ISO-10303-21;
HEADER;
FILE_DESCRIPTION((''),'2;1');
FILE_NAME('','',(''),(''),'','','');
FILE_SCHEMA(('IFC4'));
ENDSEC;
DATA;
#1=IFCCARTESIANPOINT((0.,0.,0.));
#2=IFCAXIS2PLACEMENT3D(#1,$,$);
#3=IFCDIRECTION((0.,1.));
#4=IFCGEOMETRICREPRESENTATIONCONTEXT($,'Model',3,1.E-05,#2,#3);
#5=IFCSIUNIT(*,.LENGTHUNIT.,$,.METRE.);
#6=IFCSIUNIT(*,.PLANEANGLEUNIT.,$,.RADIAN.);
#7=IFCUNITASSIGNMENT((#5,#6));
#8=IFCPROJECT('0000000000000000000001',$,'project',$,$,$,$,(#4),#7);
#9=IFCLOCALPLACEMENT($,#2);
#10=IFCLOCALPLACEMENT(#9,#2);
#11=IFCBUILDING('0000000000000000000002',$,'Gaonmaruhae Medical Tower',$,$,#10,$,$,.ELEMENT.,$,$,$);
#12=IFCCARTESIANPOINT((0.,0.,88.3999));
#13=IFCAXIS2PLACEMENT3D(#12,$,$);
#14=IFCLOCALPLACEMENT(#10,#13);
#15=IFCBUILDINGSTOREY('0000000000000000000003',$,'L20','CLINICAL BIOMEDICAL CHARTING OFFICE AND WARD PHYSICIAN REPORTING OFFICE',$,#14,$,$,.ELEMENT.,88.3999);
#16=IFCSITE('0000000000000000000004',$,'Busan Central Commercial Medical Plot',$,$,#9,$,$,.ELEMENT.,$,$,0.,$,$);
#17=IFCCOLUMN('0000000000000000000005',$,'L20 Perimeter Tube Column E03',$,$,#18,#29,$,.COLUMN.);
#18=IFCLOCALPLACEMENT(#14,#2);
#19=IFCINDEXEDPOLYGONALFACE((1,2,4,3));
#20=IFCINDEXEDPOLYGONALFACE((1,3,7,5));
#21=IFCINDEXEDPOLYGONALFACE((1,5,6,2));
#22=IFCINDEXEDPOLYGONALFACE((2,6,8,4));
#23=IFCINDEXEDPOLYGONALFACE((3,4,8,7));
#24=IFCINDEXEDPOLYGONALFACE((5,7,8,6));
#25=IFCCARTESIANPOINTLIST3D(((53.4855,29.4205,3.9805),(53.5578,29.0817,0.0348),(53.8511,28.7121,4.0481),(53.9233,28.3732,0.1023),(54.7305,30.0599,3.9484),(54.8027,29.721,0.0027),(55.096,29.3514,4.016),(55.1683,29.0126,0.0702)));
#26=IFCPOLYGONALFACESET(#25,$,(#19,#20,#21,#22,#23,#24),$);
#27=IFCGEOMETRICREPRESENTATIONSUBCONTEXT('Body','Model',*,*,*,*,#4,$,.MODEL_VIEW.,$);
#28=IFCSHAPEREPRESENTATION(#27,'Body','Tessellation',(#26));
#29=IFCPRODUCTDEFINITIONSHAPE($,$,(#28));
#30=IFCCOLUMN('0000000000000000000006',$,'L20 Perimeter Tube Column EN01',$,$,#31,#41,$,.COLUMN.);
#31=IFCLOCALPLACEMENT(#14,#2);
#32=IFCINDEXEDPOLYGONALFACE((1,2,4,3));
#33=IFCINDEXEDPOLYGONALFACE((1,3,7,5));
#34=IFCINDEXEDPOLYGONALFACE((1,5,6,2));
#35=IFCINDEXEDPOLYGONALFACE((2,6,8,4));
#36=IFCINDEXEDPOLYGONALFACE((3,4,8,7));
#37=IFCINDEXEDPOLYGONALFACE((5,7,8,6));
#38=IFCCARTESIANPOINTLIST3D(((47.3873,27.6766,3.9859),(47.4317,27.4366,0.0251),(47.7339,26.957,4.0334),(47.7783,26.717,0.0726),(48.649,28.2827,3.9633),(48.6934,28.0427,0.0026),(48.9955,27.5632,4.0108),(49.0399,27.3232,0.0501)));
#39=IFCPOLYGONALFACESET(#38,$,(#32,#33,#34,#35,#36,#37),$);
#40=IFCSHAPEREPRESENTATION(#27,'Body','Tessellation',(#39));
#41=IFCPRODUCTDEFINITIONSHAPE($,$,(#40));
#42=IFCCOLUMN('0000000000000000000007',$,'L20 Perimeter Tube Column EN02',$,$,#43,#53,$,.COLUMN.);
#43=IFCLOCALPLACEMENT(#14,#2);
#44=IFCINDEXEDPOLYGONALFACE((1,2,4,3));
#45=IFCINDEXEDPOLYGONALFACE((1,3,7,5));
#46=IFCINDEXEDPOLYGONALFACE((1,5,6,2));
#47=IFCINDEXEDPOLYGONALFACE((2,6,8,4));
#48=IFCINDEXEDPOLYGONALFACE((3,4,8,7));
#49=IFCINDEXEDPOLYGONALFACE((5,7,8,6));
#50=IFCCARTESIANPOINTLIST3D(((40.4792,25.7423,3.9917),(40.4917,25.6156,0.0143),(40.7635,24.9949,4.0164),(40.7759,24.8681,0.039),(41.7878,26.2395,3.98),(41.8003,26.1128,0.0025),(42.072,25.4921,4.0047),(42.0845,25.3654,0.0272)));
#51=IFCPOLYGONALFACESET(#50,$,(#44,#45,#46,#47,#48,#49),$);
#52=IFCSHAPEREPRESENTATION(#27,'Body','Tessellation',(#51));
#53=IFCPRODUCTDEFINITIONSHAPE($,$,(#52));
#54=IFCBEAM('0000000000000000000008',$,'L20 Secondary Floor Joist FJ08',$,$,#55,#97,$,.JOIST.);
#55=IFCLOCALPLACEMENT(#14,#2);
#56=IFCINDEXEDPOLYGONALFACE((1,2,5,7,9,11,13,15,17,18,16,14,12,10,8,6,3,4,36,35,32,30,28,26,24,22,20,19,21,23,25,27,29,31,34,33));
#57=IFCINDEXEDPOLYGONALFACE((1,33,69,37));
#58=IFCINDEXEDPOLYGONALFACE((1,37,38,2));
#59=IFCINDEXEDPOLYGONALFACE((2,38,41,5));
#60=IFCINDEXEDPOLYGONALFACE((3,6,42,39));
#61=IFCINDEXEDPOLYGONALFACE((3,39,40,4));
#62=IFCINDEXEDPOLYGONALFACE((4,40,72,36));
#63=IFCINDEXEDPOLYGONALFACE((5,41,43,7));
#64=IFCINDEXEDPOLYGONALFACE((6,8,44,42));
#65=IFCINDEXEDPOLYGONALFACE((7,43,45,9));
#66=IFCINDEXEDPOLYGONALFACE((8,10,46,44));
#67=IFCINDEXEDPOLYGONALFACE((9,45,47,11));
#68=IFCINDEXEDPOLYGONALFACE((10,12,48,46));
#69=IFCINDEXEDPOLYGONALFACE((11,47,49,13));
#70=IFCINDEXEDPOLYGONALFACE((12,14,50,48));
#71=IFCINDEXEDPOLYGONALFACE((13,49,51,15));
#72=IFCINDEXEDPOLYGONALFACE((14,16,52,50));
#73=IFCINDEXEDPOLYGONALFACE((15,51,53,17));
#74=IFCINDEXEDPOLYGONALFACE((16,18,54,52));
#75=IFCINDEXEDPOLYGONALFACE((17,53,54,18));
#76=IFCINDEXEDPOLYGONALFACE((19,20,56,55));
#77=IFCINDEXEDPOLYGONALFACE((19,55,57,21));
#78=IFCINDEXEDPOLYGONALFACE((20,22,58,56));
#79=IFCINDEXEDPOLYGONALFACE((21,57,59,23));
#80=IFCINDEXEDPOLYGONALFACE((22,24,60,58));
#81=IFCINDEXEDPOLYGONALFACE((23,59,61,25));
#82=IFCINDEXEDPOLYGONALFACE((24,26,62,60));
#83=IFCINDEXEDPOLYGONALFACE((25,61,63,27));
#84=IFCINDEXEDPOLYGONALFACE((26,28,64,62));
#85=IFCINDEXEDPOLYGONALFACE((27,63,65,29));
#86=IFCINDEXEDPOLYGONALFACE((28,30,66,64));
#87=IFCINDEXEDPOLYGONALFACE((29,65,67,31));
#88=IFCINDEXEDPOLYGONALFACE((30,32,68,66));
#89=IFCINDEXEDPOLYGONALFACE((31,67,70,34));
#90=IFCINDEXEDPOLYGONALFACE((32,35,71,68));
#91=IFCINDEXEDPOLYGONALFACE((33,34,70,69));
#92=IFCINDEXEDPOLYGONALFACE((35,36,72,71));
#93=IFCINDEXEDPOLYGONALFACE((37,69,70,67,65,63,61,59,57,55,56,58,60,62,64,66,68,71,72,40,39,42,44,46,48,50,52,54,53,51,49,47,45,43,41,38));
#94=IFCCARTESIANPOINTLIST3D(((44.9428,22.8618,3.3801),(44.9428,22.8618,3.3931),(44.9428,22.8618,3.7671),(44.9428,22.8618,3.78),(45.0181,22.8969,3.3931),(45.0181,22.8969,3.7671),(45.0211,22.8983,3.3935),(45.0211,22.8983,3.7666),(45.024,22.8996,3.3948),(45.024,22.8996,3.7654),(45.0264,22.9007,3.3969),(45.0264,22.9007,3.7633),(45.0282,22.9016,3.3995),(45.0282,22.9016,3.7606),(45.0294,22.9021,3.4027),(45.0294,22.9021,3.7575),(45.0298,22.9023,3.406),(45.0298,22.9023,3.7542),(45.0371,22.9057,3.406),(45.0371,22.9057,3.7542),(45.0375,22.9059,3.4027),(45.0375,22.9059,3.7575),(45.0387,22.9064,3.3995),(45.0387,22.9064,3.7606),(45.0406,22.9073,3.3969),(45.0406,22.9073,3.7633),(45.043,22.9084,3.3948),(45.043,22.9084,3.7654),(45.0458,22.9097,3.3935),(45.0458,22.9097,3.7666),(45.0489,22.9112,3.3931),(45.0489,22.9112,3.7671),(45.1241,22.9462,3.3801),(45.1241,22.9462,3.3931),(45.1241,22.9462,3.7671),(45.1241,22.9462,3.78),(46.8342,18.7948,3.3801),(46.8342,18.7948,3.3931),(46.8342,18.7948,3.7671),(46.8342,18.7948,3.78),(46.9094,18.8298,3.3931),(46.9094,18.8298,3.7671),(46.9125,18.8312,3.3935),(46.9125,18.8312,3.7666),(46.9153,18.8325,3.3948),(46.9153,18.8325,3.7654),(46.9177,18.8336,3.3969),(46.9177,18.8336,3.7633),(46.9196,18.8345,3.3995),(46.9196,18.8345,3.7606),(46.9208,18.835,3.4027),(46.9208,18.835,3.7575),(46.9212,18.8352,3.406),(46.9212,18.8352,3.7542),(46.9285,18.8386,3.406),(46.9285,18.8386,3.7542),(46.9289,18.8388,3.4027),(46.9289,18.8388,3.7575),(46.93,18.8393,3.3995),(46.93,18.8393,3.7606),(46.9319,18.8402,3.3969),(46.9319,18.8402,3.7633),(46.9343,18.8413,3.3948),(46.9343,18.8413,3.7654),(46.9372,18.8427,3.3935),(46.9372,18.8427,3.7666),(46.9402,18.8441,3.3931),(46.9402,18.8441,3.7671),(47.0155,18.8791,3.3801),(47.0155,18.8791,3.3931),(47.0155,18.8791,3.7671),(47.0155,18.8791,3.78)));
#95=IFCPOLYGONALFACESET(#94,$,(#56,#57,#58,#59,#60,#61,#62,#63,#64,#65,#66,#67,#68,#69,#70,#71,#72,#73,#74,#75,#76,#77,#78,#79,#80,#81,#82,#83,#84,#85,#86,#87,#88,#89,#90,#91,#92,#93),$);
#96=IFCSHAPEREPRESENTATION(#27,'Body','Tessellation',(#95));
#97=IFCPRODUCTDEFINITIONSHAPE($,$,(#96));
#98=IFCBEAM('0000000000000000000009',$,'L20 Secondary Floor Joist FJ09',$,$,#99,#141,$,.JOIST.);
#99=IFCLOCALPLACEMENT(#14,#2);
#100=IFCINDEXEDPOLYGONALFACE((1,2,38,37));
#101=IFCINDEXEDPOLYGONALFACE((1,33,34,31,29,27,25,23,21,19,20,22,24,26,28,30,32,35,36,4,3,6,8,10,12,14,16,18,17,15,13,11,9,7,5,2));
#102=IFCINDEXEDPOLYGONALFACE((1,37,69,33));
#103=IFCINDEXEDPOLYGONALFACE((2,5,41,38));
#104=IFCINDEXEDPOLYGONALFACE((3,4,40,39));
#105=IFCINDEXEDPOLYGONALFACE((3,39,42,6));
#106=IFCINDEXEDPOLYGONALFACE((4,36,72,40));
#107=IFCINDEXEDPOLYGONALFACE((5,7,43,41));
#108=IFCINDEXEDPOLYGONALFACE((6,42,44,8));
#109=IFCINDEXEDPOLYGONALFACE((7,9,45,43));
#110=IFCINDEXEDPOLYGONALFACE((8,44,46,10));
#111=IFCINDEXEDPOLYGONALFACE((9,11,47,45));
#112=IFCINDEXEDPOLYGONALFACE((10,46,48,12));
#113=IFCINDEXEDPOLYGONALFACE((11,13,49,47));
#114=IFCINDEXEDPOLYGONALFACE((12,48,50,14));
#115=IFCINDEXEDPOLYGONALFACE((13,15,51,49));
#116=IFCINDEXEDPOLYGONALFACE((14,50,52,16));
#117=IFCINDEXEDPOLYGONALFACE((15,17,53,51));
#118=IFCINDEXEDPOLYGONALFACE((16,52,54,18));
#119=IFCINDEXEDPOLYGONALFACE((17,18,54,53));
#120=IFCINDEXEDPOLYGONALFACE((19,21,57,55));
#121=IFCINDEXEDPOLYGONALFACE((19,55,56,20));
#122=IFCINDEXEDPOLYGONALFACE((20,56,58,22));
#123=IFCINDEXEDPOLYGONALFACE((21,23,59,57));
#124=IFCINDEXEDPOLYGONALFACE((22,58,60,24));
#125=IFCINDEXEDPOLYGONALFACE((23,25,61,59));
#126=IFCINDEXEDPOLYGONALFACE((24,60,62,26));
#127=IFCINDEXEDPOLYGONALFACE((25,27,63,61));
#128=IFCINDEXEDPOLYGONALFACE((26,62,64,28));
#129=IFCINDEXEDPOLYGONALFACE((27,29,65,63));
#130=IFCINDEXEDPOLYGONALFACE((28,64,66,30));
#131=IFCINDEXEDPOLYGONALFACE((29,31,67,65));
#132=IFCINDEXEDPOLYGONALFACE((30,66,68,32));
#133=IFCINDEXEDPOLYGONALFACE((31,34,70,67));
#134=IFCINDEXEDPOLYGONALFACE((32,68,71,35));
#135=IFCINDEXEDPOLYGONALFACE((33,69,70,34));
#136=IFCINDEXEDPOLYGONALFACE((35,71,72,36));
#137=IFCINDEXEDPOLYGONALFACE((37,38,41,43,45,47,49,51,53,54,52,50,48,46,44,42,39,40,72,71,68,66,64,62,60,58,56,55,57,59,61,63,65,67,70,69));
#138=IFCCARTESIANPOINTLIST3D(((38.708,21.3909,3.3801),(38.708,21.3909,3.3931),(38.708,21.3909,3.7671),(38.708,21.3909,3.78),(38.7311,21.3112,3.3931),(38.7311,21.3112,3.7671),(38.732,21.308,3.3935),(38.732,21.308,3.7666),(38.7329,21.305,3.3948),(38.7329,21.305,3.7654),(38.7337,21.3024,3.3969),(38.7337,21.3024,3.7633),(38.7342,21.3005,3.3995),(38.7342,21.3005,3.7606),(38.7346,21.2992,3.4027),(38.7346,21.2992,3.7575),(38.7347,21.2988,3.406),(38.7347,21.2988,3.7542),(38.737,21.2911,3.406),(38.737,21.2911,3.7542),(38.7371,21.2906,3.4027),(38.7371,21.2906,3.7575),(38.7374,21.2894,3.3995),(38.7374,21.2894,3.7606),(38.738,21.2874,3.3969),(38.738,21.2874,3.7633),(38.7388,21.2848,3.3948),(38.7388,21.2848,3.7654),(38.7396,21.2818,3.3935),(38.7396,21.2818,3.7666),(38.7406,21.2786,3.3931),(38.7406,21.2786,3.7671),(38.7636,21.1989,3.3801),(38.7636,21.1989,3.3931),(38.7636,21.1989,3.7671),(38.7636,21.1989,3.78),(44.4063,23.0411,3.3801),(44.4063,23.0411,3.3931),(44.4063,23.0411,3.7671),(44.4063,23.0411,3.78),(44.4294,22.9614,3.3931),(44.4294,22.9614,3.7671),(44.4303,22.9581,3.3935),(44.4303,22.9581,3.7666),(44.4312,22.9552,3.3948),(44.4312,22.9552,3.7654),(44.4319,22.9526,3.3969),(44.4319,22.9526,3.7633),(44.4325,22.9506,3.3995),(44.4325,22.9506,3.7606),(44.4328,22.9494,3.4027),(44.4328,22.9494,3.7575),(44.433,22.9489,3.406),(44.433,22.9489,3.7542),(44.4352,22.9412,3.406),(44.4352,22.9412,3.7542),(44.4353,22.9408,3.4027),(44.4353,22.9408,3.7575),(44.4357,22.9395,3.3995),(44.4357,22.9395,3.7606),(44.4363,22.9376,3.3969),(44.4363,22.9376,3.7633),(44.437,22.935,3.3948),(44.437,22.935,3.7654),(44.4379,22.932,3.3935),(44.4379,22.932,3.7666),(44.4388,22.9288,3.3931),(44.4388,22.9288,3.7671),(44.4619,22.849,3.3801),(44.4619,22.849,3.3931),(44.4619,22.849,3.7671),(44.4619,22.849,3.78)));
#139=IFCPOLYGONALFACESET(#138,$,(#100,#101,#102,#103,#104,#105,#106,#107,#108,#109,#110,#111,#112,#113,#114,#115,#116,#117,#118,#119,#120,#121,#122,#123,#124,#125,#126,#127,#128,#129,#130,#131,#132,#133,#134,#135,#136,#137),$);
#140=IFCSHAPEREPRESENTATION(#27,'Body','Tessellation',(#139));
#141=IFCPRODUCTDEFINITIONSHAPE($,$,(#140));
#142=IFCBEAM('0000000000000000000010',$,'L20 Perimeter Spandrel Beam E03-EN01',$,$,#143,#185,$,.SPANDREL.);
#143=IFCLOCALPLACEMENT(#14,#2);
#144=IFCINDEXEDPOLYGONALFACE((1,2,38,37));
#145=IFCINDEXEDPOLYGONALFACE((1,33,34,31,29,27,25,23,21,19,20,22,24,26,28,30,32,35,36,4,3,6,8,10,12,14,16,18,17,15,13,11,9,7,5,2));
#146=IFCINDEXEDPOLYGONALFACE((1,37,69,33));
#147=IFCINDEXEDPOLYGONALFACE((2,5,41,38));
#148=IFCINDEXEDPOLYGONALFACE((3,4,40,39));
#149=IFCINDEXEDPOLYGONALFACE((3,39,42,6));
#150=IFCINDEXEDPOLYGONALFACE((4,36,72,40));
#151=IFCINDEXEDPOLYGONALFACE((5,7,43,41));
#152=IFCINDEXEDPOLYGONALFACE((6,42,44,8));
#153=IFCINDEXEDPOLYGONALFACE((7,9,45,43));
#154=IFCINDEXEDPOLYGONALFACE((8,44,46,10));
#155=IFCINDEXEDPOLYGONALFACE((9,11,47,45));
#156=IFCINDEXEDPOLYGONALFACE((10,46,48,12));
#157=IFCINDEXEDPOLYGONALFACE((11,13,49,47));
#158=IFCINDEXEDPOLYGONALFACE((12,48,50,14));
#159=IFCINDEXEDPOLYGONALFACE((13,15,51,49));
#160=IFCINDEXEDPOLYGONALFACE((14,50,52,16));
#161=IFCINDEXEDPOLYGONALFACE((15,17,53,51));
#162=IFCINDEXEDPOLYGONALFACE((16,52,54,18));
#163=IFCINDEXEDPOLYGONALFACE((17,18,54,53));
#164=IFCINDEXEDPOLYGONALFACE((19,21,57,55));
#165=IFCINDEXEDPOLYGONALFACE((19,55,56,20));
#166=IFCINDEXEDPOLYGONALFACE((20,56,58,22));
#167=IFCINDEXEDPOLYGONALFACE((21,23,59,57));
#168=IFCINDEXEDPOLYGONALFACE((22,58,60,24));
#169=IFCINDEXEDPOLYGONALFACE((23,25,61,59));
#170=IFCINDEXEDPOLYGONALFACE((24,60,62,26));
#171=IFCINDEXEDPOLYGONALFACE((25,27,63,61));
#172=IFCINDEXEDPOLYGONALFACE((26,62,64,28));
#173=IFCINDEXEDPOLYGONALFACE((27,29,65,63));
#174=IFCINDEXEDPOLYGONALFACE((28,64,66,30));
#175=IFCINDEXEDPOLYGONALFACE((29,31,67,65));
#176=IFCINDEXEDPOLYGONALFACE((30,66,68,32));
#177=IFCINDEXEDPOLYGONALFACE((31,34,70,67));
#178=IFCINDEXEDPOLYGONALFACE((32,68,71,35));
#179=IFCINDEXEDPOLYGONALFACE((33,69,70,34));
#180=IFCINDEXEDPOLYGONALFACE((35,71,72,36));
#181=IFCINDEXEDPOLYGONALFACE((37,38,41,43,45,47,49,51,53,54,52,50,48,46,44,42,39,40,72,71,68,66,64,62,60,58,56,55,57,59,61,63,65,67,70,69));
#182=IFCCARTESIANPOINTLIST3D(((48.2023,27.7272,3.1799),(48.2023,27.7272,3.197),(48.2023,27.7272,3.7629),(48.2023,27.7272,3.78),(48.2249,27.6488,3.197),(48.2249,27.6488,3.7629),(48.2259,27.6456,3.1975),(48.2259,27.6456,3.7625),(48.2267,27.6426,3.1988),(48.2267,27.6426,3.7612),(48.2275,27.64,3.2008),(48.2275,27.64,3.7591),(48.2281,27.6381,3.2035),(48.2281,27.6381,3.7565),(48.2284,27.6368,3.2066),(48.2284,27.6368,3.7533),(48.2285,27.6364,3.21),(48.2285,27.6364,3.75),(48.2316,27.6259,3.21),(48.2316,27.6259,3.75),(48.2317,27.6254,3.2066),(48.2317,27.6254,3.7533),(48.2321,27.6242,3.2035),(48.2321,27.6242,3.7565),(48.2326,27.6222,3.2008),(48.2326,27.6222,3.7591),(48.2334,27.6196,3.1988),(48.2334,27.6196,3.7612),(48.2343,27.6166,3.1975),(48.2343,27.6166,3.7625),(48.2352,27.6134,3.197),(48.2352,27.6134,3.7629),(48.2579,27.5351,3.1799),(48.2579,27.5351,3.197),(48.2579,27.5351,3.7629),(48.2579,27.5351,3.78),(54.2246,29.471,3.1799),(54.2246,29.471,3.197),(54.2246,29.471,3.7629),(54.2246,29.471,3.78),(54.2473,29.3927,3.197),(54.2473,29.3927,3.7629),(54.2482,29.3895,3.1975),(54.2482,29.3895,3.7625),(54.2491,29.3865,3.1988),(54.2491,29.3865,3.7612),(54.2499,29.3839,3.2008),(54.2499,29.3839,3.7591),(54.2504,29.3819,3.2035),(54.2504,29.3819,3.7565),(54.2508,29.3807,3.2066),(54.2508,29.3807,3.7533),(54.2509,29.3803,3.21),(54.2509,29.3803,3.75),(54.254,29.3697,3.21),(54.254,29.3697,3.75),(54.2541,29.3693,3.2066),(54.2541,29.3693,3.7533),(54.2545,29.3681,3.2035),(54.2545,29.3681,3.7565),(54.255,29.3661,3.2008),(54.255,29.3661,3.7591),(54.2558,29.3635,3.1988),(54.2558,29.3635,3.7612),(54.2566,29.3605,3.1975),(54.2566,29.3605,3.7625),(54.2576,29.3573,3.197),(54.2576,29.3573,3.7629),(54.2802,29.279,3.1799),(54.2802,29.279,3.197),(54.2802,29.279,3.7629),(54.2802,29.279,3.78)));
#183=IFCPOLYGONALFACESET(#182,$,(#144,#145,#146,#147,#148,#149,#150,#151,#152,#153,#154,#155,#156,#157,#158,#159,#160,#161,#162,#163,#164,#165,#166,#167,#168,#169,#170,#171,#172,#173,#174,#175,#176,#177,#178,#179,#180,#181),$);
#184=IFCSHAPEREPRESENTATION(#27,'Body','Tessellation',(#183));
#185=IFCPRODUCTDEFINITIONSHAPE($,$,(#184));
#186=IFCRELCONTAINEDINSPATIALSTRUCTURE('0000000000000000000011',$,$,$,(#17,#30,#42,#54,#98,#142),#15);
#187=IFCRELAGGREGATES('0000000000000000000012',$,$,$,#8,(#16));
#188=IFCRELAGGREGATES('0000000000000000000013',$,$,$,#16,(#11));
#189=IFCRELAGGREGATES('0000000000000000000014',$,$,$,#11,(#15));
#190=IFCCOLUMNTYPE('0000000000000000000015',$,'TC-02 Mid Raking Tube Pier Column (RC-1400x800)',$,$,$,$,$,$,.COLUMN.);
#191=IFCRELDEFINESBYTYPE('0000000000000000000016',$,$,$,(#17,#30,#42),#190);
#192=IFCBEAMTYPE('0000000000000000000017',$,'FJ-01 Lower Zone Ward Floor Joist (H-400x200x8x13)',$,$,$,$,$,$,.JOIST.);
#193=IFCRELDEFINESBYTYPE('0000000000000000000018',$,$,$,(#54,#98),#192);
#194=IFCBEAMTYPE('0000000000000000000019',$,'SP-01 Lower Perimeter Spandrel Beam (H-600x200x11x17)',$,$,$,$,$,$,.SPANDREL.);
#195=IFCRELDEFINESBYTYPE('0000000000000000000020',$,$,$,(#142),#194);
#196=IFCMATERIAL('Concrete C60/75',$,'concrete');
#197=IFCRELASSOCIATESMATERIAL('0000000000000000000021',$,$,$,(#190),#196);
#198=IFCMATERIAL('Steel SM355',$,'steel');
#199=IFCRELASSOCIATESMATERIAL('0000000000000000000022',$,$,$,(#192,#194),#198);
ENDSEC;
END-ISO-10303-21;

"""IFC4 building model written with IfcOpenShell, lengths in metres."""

from ifc_helpers import new_model, si_unit, direction, frame, origin, origin_2d, place, context, subcontext, project, spatial, rectangle, i_section, extrude, material, material_profile, profile_set, type_object, element, save


model = new_model("IFC4")

# Units and contexts
model_context = context("Model", 3, precision=1e-05, world=origin(), true_north=direction((0.0, 1.0)))
body_context = subcontext(model_context, "Body", "Model", "MODEL_VIEW")
ifc_project = project(units=[si_unit("LENGTHUNIT", "METRE"), si_unit("PLANEANGLEUNIT", "RADIAN")], contexts=[model_context])

# Site, building, storey
site_placement = place(None, origin())
site = spatial("IfcSite", under=ifc_project, at=site_placement, Name="Busan Central Commercial Medical Plot", CompositionType="ELEMENT", RefElevation=0.0)
building_placement = place(site_placement, origin())
building = spatial("IfcBuilding", under=site, at=building_placement, Name="Gaonmaruhae Medical Tower", CompositionType="ELEMENT")
storey_placement = place(building_placement, frame((0.0, 0.0, 88.3999)))
storey = spatial("IfcBuildingStorey", under=building, at=storey_placement, Name="L20", Description="CLINICAL BIOMEDICAL CHARTING OFFICE AND WARD PHYSICIAN REPORTING OFFICE", CompositionType="ELEMENT", Elevation=88.3999)

# Columns
ifc_material_1 = material(Name="Concrete C60/75", Category="concrete")
ifc_material_profile_1 = material_profile(ifc_material_1, rectangle(XDim=1.3999, YDim=0.8, at=origin_2d()), Name="RC-1400x800")
ifc_profile_set_1 = profile_set([ifc_material_profile_1], Name="Concrete C60/75")
column_type = type_object("IfcColumnType", Name="TC-02 Mid Raking Tube Pier Column (RC-1400x800)", PredefinedType="COLUMN", material=ifc_profile_set_1)
column_1_placement = place(storey_placement, frame((54.363, 29.0471, 0.0525), z_axis=(-0.018244, 0.085551, 0.996167), x_axis=(-0.88932, -0.45671, 0.022935)))
element("IfcColumn", 1, at=column_1_placement, inside=storey, type_object=column_type, Name="L20 Perimeter Tube Column E03", PredefinedType="COLUMN", context=body_context, shape_type="SweptSolid", body=[
    extrude(rectangle(XDim=1.3999, YDim=0.8, at=origin_2d()), origin(), (0.0, 0.0, 1.0), 3.9609),
])
column_2_placement = place(storey_placement, frame((48.2358, 27.3799, 0.0376), z_axis=(-0.011197, 0.060478, 0.998107), x_axis=(-0.901248, -0.433004, 0.016126)))
element("IfcColumn", 2, at=column_2_placement, inside=storey, type_object=column_type, Name="L20 Perimeter Tube Column EN01", PredefinedType="COLUMN", context=body_context, shape_type="SweptSolid", body=[
    extrude(rectangle(XDim=1.3999, YDim=0.8, at=origin_2d()), origin(), (0.0, 0.0, 1.0), 3.9683),
])
column_3_placement = place(storey_placement, frame((41.2881, 25.4905, 0.0208), z_axis=(-0.003129, 0.03184, 0.999488), x_axis=(-0.934763, -0.355172, 0.008388)))
element("IfcColumn", 3, at=column_3_placement, inside=storey, type_object=column_type, Name="L20 Perimeter Tube Column EN02", PredefinedType="COLUMN", context=body_context, shape_type="SweptSolid", body=[
    extrude(rectangle(XDim=1.3999, YDim=0.8, at=origin_2d()), origin(), (0.0, 0.0, 1.0), 3.9795),
])

# Beams
ifc_material_2 = material(Name="Steel SM355", Category="steel")
ifc_material_profile_2 = material_profile(ifc_material_2, i_section(OverallWidth=0.2, OverallDepth=0.3999, WebThickness=0.0081, FlangeThickness=0.0129, FilletRadius=0.0129, at=origin_2d()), Name="H-400x200x8x13")
ifc_profile_set_2 = profile_set([ifc_material_profile_2], Name="Steel SM355")
beam_type_1 = type_object("IfcBeamType", Name="FJ-01 Lower Zone Ward Floor Joist (H-400x200x8x13)", PredefinedType="JOIST", material=ifc_profile_set_2)
beam_1_placement = place(storey_placement, frame((46.9248, 18.8369, 3.5801), z_axis=(-0.421669, 0.90675, 0.0), x_axis=(-0.90675, -0.421669, 0.0)))
element("IfcBeam", 4, at=beam_1_placement, inside=storey, type_object=beam_type_1, Name="L20 Secondary Floor Joist FJ08", PredefinedType="JOIST", context=body_context, shape_type="SweptSolid", body=[
    extrude(i_section(OverallWidth=0.2, OverallDepth=0.3999, WebThickness=0.0081, FlangeThickness=0.0129, FilletRadius=0.0129, at=origin_2d()), origin(), (0.0, 0.0, 1.0), 4.4854),
])
beam_2_placement = place(storey_placement, frame((44.4341, 22.9451, 3.5801), z_axis=(-0.960535, -0.27816, 0.0), x_axis=(0.27816, -0.960535, 0.0)))
element("IfcBeam", 5, at=beam_2_placement, inside=storey, type_object=beam_type_1, Name="L20 Secondary Floor Joist FJ09", PredefinedType="JOIST", context=body_context, shape_type="SweptSolid", body=[
    extrude(i_section(OverallWidth=0.2, OverallDepth=0.3999, WebThickness=0.0081, FlangeThickness=0.0129, FilletRadius=0.0129, at=origin_2d()), origin(), (0.0, 0.0, 1.0), 5.9324),
])
ifc_material_profile_3 = material_profile(ifc_material_2, i_section(OverallWidth=0.2, OverallDepth=0.6001, WebThickness=0.011, FlangeThickness=0.0171, FilletRadius=0.0129, at=origin_2d()), Name="H-600x200x11x17")
ifc_profile_set_3 = profile_set([ifc_material_profile_3], Name="Steel SM355")
beam_type_2 = type_object("IfcBeamType", Name="SP-01 Lower Perimeter Spandrel Beam (H-600x200x11x17)", PredefinedType="SPANDREL", material=ifc_profile_set_3)
beam_3_placement = place(storey_placement, frame((54.2524, 29.375, 3.48), z_axis=(-0.960541, -0.278139, 0.0), x_axis=(0.278139, -0.960541, 0.0)))
element("IfcBeam", 6, at=beam_3_placement, inside=storey, type_object=beam_type_2, Name="L20 Perimeter Spandrel Beam E03-EN01", PredefinedType="SPANDREL", context=body_context, shape_type="SweptSolid", body=[
    extrude(i_section(OverallWidth=0.2, OverallDepth=0.6001, WebThickness=0.011, FlangeThickness=0.0171, FilletRadius=0.0129, at=origin_2d()), origin(), (0.0, 0.0, 1.0), 6.2698),
])

save(model, "model.ifc")
